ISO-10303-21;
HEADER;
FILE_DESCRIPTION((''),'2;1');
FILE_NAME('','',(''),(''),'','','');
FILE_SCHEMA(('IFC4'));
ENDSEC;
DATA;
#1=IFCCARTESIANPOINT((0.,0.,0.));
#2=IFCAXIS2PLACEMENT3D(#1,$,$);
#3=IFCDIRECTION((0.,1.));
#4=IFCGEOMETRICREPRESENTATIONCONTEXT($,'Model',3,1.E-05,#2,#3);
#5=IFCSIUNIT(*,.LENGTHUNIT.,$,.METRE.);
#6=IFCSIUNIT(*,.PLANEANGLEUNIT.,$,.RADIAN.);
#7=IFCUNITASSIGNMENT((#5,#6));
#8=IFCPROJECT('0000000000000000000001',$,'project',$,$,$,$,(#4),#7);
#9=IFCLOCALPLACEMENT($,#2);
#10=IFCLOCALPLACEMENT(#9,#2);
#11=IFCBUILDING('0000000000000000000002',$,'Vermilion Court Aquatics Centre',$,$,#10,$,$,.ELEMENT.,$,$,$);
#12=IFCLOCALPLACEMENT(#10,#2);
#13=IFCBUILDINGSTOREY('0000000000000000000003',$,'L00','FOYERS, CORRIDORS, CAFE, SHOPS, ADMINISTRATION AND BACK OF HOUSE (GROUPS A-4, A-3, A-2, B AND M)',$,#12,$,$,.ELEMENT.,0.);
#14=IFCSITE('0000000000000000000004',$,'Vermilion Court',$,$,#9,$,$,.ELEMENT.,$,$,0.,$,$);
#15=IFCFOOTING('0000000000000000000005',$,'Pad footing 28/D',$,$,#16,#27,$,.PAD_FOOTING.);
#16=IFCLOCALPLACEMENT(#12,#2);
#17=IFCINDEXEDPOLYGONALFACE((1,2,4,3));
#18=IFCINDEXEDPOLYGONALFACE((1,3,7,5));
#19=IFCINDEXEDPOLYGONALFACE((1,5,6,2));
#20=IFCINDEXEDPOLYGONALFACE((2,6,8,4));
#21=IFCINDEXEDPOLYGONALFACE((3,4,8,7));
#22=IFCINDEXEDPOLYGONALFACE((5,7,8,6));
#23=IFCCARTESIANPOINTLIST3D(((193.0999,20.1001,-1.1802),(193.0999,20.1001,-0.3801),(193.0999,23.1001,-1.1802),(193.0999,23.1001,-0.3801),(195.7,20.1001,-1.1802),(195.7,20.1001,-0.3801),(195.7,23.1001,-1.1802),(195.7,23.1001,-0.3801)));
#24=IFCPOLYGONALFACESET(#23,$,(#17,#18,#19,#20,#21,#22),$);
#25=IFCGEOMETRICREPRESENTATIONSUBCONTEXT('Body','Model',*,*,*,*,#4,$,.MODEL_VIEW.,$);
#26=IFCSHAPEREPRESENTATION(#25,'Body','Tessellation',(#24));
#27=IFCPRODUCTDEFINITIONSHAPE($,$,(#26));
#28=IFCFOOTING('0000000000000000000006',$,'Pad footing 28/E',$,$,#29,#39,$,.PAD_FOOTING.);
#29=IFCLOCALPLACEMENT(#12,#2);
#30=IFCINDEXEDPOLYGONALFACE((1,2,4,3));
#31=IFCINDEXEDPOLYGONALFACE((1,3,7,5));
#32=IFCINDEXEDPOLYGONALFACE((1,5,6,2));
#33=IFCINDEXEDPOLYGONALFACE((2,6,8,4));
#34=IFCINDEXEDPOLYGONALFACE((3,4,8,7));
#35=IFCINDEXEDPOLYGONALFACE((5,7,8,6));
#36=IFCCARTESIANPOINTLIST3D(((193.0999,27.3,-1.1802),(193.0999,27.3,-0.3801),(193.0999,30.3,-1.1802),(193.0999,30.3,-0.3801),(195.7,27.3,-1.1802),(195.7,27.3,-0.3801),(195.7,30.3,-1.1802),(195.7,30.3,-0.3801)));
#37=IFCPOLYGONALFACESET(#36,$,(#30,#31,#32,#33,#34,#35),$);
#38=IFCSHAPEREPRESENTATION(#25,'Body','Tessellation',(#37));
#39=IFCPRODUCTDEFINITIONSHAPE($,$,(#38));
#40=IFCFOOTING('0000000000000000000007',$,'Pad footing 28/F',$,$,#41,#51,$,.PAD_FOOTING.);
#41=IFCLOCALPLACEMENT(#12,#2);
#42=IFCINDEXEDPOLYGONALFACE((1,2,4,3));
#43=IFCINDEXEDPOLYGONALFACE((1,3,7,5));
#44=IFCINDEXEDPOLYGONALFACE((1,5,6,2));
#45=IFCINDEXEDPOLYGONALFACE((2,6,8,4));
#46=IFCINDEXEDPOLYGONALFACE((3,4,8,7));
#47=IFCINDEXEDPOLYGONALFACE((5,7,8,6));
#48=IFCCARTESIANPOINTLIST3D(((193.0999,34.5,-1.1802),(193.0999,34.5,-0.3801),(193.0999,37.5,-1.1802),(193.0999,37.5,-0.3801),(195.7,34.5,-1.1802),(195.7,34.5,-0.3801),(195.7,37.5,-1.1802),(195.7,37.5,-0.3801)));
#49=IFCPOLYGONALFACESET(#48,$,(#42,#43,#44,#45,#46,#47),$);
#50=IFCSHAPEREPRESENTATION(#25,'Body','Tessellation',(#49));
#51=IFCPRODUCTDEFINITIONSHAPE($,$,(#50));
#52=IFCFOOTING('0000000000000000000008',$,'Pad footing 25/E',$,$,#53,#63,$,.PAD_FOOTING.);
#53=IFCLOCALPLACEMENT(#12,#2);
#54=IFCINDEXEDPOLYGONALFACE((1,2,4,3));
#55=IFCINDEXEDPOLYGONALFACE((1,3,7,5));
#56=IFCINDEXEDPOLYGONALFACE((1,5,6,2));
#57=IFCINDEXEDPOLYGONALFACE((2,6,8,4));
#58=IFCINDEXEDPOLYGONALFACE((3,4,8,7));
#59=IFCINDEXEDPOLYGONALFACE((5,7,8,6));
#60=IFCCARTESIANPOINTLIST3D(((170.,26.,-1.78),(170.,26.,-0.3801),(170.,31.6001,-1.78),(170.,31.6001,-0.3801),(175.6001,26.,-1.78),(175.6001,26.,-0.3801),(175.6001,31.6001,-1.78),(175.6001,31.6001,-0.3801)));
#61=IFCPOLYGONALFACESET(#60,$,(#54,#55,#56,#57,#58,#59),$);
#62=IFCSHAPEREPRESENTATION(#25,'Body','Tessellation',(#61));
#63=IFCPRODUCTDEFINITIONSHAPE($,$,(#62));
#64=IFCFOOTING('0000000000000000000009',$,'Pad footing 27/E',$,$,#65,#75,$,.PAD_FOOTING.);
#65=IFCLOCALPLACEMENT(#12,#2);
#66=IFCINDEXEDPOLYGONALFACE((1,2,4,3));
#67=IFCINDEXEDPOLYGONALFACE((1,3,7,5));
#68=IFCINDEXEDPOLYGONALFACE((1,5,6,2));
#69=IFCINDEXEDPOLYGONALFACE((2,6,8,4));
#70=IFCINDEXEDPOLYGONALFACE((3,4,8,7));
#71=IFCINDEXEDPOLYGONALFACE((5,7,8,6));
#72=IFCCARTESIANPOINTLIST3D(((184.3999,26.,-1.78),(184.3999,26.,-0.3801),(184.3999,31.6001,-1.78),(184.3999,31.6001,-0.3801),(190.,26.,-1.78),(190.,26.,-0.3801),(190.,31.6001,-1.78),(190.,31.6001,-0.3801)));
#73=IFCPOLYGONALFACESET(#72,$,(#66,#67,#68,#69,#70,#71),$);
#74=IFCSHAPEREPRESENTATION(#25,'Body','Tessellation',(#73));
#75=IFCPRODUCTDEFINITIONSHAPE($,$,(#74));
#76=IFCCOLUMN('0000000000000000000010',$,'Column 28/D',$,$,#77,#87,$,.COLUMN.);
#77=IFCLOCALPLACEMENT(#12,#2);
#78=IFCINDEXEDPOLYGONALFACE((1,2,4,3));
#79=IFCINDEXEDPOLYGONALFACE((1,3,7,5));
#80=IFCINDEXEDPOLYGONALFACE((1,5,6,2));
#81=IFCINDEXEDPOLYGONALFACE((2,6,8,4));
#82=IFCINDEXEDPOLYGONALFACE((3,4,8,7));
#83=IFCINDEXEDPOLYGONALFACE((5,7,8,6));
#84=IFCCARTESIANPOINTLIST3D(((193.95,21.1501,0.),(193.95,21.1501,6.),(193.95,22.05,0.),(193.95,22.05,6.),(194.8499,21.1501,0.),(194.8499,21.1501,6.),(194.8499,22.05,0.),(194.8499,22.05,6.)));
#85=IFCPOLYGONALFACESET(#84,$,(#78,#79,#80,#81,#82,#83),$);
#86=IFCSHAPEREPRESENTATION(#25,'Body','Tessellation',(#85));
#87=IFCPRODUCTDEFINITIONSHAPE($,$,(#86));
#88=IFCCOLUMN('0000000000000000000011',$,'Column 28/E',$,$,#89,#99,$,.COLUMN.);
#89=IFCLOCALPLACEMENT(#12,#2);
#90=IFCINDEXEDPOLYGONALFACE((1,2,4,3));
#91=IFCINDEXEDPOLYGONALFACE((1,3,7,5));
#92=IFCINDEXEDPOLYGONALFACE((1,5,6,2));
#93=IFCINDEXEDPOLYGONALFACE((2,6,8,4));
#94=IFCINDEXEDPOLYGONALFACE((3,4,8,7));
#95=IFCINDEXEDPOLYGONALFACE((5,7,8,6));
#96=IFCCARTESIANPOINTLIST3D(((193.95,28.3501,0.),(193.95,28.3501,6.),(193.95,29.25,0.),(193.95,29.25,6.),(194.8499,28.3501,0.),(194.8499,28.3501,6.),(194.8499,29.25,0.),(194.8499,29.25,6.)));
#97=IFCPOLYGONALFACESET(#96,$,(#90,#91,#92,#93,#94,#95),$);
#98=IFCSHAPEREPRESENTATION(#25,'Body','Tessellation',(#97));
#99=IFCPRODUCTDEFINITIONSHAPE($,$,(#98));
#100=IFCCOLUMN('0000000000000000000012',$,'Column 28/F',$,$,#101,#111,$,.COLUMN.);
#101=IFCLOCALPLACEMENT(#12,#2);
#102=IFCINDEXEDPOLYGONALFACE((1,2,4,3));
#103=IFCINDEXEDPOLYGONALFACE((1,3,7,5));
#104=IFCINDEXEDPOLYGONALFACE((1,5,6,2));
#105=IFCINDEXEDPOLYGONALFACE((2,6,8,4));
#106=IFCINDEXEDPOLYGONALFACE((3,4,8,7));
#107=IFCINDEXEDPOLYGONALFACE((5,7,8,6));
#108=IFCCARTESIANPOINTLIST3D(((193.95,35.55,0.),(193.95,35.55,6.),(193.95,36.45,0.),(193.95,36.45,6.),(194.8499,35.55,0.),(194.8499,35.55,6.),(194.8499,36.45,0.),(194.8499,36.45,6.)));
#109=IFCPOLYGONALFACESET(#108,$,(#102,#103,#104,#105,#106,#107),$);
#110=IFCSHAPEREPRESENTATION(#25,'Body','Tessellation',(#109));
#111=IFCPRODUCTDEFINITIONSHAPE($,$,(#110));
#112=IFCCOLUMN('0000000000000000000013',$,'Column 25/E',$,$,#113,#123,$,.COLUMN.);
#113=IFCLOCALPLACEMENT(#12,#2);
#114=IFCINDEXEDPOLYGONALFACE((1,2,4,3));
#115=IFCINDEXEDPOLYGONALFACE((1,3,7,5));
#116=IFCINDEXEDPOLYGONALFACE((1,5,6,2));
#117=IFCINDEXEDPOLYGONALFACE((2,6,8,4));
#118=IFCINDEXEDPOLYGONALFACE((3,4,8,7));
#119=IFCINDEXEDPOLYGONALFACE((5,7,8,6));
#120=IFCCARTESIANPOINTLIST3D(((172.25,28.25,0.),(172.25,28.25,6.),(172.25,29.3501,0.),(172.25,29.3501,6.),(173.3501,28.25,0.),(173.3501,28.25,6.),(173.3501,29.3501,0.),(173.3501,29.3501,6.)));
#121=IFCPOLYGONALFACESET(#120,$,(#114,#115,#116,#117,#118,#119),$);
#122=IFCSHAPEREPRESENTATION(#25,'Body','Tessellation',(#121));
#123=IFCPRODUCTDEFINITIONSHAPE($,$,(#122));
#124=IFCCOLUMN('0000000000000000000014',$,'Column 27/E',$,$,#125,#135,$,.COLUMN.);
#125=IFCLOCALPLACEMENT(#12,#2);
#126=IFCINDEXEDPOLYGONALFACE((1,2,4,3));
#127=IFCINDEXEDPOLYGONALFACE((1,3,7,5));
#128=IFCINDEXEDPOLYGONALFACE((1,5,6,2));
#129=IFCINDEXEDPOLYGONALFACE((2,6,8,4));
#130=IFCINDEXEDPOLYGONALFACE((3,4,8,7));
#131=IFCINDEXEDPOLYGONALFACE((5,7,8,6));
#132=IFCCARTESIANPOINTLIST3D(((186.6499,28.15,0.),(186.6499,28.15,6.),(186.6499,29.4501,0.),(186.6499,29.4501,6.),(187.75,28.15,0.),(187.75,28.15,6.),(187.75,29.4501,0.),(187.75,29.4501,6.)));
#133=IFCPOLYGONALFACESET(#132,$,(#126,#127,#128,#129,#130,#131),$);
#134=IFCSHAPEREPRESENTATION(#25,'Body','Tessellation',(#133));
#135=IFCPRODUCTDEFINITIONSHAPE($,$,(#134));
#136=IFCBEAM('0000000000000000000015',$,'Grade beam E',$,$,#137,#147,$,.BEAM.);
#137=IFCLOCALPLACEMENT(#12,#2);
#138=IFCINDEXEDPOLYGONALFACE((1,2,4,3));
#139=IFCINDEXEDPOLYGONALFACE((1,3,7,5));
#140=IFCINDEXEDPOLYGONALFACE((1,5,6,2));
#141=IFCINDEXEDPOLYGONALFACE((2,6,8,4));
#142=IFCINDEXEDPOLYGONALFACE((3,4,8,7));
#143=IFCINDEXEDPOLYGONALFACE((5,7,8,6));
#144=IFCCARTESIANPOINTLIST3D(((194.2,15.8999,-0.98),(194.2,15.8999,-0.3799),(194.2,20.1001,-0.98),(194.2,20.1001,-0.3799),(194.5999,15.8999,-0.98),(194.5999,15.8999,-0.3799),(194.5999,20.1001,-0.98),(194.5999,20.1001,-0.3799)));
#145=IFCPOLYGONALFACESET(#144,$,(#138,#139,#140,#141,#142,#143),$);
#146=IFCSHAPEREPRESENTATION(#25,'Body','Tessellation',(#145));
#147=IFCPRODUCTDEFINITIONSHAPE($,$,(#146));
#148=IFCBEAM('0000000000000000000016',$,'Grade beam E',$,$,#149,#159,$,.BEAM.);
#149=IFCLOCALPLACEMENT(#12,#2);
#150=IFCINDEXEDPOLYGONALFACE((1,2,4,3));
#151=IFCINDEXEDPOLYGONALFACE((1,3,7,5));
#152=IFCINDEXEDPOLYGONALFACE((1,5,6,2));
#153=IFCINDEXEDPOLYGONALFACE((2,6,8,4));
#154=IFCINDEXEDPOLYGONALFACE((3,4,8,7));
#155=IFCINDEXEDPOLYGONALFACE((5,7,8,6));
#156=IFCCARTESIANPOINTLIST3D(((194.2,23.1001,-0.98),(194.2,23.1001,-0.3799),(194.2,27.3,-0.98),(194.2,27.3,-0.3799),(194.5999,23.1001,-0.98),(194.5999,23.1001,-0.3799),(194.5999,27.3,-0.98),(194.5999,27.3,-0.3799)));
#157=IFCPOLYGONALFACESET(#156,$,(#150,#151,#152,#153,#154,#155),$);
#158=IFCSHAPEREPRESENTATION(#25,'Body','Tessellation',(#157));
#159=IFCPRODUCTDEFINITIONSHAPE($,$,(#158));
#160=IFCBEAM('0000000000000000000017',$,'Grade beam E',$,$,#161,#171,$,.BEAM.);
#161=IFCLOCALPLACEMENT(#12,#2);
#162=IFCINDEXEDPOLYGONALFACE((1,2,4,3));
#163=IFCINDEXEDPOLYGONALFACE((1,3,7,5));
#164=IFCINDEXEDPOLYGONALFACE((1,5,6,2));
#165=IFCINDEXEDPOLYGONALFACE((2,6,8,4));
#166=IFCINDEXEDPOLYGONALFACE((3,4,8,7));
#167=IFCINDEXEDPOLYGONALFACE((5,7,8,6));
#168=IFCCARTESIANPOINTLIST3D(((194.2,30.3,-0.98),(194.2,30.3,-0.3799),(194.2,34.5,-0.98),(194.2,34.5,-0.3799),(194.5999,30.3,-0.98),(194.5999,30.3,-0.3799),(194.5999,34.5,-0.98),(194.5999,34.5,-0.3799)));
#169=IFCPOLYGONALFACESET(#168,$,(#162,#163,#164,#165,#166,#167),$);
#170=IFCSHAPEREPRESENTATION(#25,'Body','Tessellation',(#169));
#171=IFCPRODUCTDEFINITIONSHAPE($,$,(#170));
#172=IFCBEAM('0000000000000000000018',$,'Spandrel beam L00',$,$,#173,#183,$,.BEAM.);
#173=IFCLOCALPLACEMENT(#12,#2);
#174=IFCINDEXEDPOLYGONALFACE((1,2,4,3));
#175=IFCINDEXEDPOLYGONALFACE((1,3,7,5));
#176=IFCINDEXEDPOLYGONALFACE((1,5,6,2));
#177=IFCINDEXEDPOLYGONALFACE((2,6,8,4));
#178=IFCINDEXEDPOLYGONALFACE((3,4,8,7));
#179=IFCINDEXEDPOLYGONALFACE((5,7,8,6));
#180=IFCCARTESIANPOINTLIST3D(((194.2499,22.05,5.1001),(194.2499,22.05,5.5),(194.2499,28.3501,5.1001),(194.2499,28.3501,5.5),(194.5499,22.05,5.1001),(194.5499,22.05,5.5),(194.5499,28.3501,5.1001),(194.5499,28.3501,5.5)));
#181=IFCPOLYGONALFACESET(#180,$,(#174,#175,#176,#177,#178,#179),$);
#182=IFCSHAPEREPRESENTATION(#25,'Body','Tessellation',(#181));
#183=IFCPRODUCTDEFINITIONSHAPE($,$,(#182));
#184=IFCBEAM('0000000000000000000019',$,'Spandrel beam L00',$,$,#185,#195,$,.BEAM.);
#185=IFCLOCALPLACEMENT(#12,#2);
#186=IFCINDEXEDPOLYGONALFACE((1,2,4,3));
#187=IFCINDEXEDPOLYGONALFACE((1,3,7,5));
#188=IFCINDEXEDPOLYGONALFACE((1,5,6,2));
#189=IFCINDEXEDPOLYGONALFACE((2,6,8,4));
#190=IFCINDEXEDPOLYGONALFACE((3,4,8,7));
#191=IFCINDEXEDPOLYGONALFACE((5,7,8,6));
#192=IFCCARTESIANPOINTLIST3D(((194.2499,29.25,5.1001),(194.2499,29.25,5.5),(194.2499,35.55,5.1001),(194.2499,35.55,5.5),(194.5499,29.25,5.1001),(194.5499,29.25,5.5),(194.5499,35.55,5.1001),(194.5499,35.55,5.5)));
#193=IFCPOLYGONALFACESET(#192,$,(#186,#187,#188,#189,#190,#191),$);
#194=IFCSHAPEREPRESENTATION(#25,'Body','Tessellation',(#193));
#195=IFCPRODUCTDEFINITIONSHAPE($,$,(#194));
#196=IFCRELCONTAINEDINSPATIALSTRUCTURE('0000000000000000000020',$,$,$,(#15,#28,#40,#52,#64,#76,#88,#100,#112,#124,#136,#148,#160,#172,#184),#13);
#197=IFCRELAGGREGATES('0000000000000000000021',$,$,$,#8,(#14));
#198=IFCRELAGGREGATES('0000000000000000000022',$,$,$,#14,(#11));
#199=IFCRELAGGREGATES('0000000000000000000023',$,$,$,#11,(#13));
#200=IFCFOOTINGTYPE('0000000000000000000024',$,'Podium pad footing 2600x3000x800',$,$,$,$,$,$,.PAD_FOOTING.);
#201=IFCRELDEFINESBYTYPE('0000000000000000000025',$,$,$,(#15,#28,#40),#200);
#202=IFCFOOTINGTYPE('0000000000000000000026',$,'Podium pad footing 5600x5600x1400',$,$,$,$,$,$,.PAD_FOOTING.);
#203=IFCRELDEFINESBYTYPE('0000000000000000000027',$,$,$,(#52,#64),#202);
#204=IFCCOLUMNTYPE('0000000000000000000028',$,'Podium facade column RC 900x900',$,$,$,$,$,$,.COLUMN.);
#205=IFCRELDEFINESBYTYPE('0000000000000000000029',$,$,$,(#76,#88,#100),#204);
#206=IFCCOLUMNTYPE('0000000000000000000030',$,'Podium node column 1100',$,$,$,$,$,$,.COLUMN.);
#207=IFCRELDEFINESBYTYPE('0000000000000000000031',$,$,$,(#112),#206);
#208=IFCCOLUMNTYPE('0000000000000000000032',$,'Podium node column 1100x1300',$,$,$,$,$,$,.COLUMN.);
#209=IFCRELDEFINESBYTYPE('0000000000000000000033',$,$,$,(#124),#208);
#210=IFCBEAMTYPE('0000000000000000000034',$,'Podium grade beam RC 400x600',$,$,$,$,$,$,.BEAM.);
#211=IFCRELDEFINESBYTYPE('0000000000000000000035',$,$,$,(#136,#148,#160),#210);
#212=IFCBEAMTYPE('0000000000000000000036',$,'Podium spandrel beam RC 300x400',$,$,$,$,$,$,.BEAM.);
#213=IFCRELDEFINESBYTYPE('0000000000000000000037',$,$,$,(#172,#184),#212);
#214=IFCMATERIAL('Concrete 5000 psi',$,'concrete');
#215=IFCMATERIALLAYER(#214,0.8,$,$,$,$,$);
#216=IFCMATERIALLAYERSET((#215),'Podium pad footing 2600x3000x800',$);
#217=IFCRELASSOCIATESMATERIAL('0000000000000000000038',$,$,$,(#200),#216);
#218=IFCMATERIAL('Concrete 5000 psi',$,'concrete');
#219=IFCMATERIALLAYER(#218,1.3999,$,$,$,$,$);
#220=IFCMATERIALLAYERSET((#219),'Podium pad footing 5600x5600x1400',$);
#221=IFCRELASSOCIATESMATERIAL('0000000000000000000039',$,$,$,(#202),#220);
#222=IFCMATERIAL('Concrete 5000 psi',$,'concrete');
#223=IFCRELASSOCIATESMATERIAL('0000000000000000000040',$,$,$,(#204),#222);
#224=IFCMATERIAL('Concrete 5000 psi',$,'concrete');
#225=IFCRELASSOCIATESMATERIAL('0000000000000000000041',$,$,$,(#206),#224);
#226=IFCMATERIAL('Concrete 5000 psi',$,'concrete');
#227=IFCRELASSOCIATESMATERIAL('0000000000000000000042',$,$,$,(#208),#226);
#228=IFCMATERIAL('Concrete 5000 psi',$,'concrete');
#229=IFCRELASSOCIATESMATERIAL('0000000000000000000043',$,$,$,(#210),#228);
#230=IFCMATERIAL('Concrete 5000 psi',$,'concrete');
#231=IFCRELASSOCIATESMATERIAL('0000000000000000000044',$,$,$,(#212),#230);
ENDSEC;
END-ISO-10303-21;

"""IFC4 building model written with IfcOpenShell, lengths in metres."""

from ifc_helpers import new_model, si_unit, direction, frame, origin, origin_2d, place, context, subcontext, project, spatial, rectangle, extrude, material, layer, layer_set, material_profile, profile_set, type_object, element, save


model = new_model("IFC4")

# Units and contexts
model_context = context("Model", 3, precision=1e-05, world=origin(), true_north=direction((0.0, 1.0)))
body_context = subcontext(model_context, "Body", "Model", "MODEL_VIEW")
ifc_project = project(units=[si_unit("LENGTHUNIT", "METRE"), si_unit("PLANEANGLEUNIT", "RADIAN")], contexts=[model_context])

# Site, building, storey
site_placement = place(None, origin())
site = spatial("IfcSite", under=ifc_project, at=site_placement, Name="Vermilion Court", CompositionType="ELEMENT", RefElevation=0.0)
building_placement = place(site_placement, origin())
building = spatial("IfcBuilding", under=site, at=building_placement, Name="Vermilion Court Aquatics Centre", CompositionType="ELEMENT")
storey_placement = place(building_placement, origin())
storey = spatial("IfcBuildingStorey", under=building, at=storey_placement, Name="L00", Description="FOYERS, CORRIDORS, CAFE, SHOPS, ADMINISTRATION AND BACK OF HOUSE (GROUPS A-4, A-3, A-2, B AND M)", CompositionType="ELEMENT", Elevation=0.0)

# Footings
ifc_material_1 = material(Name="Concrete 5000 psi", Category="concrete")
ifc_layer_1 = layer(ifc_material_1, 0.8)
ifc_layer_set_1 = layer_set([ifc_layer_1], Name="Podium pad footing 2600x3000x800")
footing_type_1 = type_object("IfcFootingType", Name="Podium pad footing 2600x3000x800", PredefinedType="PAD_FOOTING", material=ifc_layer_set_1)
for number, where, z_axis, x_axis, name in (
    (1, (194.3999, 21.6001, -1.1802), (0.0, 0.0, 1.0), (1.0, 0.0, 0.0), "Pad footing 28/D"),
    (2, (194.3999, 28.8, -1.1802), (0.0, 0.0, 1.0), (1.0, 0.0, 0.0), "Pad footing 28/E"),
    (3, (194.3999, 36.0, -1.1802), (0.0, 0.0, 1.0), (1.0, 0.0, 0.0), "Pad footing 28/F"),
):
    element("IfcFooting", number, at=place(storey_placement, frame(where, z_axis=z_axis, x_axis=x_axis)), inside=storey, type_object=footing_type_1, Name=name, PredefinedType="PAD_FOOTING", context=body_context, shape_type="SweptSolid", body=[
        extrude(rectangle(XDim=2.6001, YDim=3.0, at=origin_2d()), origin(), (0.0, 0.0, 1.0), 0.8),
    ])
ifc_material_2 = material(Name="Concrete 5000 psi", Category="concrete")
ifc_layer_2 = layer(ifc_material_2, 1.3999)
ifc_layer_set_2 = layer_set([ifc_layer_2], Name="Podium pad footing 5600x5600x1400")
footing_type_2 = type_object("IfcFootingType", Name="Podium pad footing 5600x5600x1400", PredefinedType="PAD_FOOTING", material=ifc_layer_set_2)
for number, where, z_axis, x_axis, name in (
    (4, (172.8, 28.8, -1.78), (0.0, 0.0, 1.0), (1.0, 0.0, 0.0), "Pad footing 25/E"),
    (5, (187.2, 28.8, -1.78), (0.0, 0.0, 1.0), (1.0, 0.0, 0.0), "Pad footing 27/E"),
):
    element("IfcFooting", number, at=place(storey_placement, frame(where, z_axis=z_axis, x_axis=x_axis)), inside=storey, type_object=footing_type_2, Name=name, PredefinedType="PAD_FOOTING", context=body_context, shape_type="SweptSolid", body=[
        extrude(rectangle(XDim=5.6001, YDim=5.6001, at=origin_2d()), origin(), (0.0, 0.0, 1.0), 1.3999),
    ])

# Columns
ifc_material_3 = material(Name="Concrete 5000 psi", Category="concrete")
ifc_material_profile_1 = material_profile(ifc_material_3, rectangle(XDim=0.8999, YDim=0.8999, at=origin_2d()), Name="RC 900x900")
ifc_profile_set_1 = profile_set([ifc_material_profile_1], Name="Concrete 5000 psi")
column_type_1 = type_object("IfcColumnType", Name="Podium facade column RC 900x900", PredefinedType="COLUMN", material=ifc_profile_set_1)
for number, where, z_axis, x_axis, name in (
    (6, (194.3999, 21.6001, 0.0), (0.0, 0.0, 1.0), (1.0, 0.0, 0.0), "Column 28/D"),
    (7, (194.3999, 28.8, 0.0), (0.0, 0.0, 1.0), (1.0, 0.0, 0.0), "Column 28/E"),
    (8, (194.3999, 36.0, 0.0), (0.0, 0.0, 1.0), (1.0, 0.0, 0.0), "Column 28/F"),
):
    element("IfcColumn", number, at=place(storey_placement, frame(where, z_axis=z_axis, x_axis=x_axis)), inside=storey, type_object=column_type_1, Name=name, PredefinedType="COLUMN", context=body_context, shape_type="SweptSolid", body=[
        extrude(rectangle(XDim=0.8999, YDim=0.8999, at=origin_2d()), origin(), (0.0, 0.0, 1.0), 6.0),
    ])
ifc_material_4 = material(Name="Concrete 5000 psi", Category="concrete")
ifc_material_profile_2 = material_profile(ifc_material_4, rectangle(XDim=1.1001, YDim=1.1001, at=origin_2d()), Name="RC 1100x1100")
ifc_profile_set_2 = profile_set([ifc_material_profile_2], Name="Concrete 5000 psi")
column_type_2 = type_object("IfcColumnType", Name="Podium node column 1100", PredefinedType="COLUMN", material=ifc_profile_set_2)
column_1_placement = place(storey_placement, frame((172.8, 28.8, 0.0), z_axis=(0.0, 0.0, 1.0), x_axis=(1.0, 0.0, 0.0)))
element("IfcColumn", 9, at=column_1_placement, inside=storey, type_object=column_type_2, Name="Column 25/E", PredefinedType="COLUMN", context=body_context, shape_type="SweptSolid", body=[
    extrude(rectangle(XDim=1.1001, YDim=1.1001, at=origin_2d()), origin(), (0.0, 0.0, 1.0), 6.0),
])
ifc_material_5 = material(Name="Concrete 5000 psi", Category="concrete")
ifc_material_profile_3 = material_profile(ifc_material_5, rectangle(XDim=1.1001, YDim=1.3, at=origin_2d()), Name="RC 1100x1300")
ifc_profile_set_3 = profile_set([ifc_material_profile_3], Name="Concrete 5000 psi")
column_type_3 = type_object("IfcColumnType", Name="Podium node column 1100x1300", PredefinedType="COLUMN", material=ifc_profile_set_3)
column_2_placement = place(storey_placement, frame((187.2, 28.8, 0.0), z_axis=(0.0, 0.0, 1.0), x_axis=(1.0, 0.0, 0.0)))
element("IfcColumn", 10, at=column_2_placement, inside=storey, type_object=column_type_3, Name="Column 27/E", PredefinedType="COLUMN", context=body_context, shape_type="SweptSolid", body=[
    extrude(rectangle(XDim=1.1001, YDim=1.3, at=origin_2d()), origin(), (0.0, 0.0, 1.0), 6.0),
])

# Beams
ifc_material_6 = material(Name="Concrete 5000 psi", Category="concrete")
ifc_material_profile_4 = material_profile(ifc_material_6, rectangle(XDim=0.3999, YDim=0.6001, at=origin_2d()), Name="RC 400x600")
ifc_profile_set_4 = profile_set([ifc_material_profile_4], Name="Concrete 5000 psi")
beam_type_1 = type_object("IfcBeamType", Name="Podium grade beam RC 400x600", PredefinedType="BEAM", material=ifc_profile_set_4)
beam_placement = place(storey_placement, frame((194.3999, 15.8999, -0.6799), z_axis=(0.0, 1.0, 0.0), x_axis=(-1.0, 0.0, 0.0)))
element("IfcBeam", 11, at=beam_placement, inside=storey, type_object=beam_type_1, Name="Grade beam E", PredefinedType="BEAM", context=body_context, shape_type="SweptSolid", body=[
    extrude(rectangle(XDim=0.3999, YDim=0.6001, at=origin_2d()), origin(), (0.0, 0.0, 1.0), 4.2002),
])
for number, where, z_axis, x_axis, name in (
    (12, (194.3999, 23.1001, -0.6799), (0.0, 1.0, 0.0), (-1.0, 0.0, 0.0), "Grade beam E"),
    (13, (194.3999, 30.3, -0.6799), (0.0, 1.0, 0.0), (-1.0, 0.0, 0.0), "Grade beam E"),
):
    element("IfcBeam", number, at=place(storey_placement, frame(where, z_axis=z_axis, x_axis=x_axis)), inside=storey, type_object=beam_type_1, Name=name, PredefinedType="BEAM", context=body_context, shape_type="SweptSolid", body=[
        extrude(rectangle(XDim=0.3999, YDim=0.6001, at=origin_2d()), origin(), (0.0, 0.0, 1.0), 4.2),
    ])
ifc_material_7 = material(Name="Concrete 5000 psi", Category="concrete")
ifc_material_profile_5 = material_profile(ifc_material_7, rectangle(XDim=0.3, YDim=0.3999, at=origin_2d()), Name="RC 300x400")
ifc_profile_set_5 = profile_set([ifc_material_profile_5], Name="Concrete 5000 psi")
beam_type_2 = type_object("IfcBeamType", Name="Podium spandrel beam RC 300x400", PredefinedType="BEAM", material=ifc_profile_set_5)
for number, where, z_axis, x_axis, name in (
    (14, (194.3999, 22.05, 5.3), (0.0, 1.0, 0.0), (-1.0, 0.0, 0.0), "Spandrel beam L00"),
    (15, (194.3999, 29.25, 5.3), (0.0, 1.0, 0.0), (-1.0, 0.0, 0.0), "Spandrel beam L00"),
):
    element("IfcBeam", number, at=place(storey_placement, frame(where, z_axis=z_axis, x_axis=x_axis)), inside=storey, type_object=beam_type_2, Name=name, PredefinedType="BEAM", context=body_context, shape_type="SweptSolid", body=[
        extrude(rectangle(XDim=0.3, YDim=0.3999, at=origin_2d()), origin(), (0.0, 0.0, 1.0), 6.3),
    ])

save(model, "model.ifc")
